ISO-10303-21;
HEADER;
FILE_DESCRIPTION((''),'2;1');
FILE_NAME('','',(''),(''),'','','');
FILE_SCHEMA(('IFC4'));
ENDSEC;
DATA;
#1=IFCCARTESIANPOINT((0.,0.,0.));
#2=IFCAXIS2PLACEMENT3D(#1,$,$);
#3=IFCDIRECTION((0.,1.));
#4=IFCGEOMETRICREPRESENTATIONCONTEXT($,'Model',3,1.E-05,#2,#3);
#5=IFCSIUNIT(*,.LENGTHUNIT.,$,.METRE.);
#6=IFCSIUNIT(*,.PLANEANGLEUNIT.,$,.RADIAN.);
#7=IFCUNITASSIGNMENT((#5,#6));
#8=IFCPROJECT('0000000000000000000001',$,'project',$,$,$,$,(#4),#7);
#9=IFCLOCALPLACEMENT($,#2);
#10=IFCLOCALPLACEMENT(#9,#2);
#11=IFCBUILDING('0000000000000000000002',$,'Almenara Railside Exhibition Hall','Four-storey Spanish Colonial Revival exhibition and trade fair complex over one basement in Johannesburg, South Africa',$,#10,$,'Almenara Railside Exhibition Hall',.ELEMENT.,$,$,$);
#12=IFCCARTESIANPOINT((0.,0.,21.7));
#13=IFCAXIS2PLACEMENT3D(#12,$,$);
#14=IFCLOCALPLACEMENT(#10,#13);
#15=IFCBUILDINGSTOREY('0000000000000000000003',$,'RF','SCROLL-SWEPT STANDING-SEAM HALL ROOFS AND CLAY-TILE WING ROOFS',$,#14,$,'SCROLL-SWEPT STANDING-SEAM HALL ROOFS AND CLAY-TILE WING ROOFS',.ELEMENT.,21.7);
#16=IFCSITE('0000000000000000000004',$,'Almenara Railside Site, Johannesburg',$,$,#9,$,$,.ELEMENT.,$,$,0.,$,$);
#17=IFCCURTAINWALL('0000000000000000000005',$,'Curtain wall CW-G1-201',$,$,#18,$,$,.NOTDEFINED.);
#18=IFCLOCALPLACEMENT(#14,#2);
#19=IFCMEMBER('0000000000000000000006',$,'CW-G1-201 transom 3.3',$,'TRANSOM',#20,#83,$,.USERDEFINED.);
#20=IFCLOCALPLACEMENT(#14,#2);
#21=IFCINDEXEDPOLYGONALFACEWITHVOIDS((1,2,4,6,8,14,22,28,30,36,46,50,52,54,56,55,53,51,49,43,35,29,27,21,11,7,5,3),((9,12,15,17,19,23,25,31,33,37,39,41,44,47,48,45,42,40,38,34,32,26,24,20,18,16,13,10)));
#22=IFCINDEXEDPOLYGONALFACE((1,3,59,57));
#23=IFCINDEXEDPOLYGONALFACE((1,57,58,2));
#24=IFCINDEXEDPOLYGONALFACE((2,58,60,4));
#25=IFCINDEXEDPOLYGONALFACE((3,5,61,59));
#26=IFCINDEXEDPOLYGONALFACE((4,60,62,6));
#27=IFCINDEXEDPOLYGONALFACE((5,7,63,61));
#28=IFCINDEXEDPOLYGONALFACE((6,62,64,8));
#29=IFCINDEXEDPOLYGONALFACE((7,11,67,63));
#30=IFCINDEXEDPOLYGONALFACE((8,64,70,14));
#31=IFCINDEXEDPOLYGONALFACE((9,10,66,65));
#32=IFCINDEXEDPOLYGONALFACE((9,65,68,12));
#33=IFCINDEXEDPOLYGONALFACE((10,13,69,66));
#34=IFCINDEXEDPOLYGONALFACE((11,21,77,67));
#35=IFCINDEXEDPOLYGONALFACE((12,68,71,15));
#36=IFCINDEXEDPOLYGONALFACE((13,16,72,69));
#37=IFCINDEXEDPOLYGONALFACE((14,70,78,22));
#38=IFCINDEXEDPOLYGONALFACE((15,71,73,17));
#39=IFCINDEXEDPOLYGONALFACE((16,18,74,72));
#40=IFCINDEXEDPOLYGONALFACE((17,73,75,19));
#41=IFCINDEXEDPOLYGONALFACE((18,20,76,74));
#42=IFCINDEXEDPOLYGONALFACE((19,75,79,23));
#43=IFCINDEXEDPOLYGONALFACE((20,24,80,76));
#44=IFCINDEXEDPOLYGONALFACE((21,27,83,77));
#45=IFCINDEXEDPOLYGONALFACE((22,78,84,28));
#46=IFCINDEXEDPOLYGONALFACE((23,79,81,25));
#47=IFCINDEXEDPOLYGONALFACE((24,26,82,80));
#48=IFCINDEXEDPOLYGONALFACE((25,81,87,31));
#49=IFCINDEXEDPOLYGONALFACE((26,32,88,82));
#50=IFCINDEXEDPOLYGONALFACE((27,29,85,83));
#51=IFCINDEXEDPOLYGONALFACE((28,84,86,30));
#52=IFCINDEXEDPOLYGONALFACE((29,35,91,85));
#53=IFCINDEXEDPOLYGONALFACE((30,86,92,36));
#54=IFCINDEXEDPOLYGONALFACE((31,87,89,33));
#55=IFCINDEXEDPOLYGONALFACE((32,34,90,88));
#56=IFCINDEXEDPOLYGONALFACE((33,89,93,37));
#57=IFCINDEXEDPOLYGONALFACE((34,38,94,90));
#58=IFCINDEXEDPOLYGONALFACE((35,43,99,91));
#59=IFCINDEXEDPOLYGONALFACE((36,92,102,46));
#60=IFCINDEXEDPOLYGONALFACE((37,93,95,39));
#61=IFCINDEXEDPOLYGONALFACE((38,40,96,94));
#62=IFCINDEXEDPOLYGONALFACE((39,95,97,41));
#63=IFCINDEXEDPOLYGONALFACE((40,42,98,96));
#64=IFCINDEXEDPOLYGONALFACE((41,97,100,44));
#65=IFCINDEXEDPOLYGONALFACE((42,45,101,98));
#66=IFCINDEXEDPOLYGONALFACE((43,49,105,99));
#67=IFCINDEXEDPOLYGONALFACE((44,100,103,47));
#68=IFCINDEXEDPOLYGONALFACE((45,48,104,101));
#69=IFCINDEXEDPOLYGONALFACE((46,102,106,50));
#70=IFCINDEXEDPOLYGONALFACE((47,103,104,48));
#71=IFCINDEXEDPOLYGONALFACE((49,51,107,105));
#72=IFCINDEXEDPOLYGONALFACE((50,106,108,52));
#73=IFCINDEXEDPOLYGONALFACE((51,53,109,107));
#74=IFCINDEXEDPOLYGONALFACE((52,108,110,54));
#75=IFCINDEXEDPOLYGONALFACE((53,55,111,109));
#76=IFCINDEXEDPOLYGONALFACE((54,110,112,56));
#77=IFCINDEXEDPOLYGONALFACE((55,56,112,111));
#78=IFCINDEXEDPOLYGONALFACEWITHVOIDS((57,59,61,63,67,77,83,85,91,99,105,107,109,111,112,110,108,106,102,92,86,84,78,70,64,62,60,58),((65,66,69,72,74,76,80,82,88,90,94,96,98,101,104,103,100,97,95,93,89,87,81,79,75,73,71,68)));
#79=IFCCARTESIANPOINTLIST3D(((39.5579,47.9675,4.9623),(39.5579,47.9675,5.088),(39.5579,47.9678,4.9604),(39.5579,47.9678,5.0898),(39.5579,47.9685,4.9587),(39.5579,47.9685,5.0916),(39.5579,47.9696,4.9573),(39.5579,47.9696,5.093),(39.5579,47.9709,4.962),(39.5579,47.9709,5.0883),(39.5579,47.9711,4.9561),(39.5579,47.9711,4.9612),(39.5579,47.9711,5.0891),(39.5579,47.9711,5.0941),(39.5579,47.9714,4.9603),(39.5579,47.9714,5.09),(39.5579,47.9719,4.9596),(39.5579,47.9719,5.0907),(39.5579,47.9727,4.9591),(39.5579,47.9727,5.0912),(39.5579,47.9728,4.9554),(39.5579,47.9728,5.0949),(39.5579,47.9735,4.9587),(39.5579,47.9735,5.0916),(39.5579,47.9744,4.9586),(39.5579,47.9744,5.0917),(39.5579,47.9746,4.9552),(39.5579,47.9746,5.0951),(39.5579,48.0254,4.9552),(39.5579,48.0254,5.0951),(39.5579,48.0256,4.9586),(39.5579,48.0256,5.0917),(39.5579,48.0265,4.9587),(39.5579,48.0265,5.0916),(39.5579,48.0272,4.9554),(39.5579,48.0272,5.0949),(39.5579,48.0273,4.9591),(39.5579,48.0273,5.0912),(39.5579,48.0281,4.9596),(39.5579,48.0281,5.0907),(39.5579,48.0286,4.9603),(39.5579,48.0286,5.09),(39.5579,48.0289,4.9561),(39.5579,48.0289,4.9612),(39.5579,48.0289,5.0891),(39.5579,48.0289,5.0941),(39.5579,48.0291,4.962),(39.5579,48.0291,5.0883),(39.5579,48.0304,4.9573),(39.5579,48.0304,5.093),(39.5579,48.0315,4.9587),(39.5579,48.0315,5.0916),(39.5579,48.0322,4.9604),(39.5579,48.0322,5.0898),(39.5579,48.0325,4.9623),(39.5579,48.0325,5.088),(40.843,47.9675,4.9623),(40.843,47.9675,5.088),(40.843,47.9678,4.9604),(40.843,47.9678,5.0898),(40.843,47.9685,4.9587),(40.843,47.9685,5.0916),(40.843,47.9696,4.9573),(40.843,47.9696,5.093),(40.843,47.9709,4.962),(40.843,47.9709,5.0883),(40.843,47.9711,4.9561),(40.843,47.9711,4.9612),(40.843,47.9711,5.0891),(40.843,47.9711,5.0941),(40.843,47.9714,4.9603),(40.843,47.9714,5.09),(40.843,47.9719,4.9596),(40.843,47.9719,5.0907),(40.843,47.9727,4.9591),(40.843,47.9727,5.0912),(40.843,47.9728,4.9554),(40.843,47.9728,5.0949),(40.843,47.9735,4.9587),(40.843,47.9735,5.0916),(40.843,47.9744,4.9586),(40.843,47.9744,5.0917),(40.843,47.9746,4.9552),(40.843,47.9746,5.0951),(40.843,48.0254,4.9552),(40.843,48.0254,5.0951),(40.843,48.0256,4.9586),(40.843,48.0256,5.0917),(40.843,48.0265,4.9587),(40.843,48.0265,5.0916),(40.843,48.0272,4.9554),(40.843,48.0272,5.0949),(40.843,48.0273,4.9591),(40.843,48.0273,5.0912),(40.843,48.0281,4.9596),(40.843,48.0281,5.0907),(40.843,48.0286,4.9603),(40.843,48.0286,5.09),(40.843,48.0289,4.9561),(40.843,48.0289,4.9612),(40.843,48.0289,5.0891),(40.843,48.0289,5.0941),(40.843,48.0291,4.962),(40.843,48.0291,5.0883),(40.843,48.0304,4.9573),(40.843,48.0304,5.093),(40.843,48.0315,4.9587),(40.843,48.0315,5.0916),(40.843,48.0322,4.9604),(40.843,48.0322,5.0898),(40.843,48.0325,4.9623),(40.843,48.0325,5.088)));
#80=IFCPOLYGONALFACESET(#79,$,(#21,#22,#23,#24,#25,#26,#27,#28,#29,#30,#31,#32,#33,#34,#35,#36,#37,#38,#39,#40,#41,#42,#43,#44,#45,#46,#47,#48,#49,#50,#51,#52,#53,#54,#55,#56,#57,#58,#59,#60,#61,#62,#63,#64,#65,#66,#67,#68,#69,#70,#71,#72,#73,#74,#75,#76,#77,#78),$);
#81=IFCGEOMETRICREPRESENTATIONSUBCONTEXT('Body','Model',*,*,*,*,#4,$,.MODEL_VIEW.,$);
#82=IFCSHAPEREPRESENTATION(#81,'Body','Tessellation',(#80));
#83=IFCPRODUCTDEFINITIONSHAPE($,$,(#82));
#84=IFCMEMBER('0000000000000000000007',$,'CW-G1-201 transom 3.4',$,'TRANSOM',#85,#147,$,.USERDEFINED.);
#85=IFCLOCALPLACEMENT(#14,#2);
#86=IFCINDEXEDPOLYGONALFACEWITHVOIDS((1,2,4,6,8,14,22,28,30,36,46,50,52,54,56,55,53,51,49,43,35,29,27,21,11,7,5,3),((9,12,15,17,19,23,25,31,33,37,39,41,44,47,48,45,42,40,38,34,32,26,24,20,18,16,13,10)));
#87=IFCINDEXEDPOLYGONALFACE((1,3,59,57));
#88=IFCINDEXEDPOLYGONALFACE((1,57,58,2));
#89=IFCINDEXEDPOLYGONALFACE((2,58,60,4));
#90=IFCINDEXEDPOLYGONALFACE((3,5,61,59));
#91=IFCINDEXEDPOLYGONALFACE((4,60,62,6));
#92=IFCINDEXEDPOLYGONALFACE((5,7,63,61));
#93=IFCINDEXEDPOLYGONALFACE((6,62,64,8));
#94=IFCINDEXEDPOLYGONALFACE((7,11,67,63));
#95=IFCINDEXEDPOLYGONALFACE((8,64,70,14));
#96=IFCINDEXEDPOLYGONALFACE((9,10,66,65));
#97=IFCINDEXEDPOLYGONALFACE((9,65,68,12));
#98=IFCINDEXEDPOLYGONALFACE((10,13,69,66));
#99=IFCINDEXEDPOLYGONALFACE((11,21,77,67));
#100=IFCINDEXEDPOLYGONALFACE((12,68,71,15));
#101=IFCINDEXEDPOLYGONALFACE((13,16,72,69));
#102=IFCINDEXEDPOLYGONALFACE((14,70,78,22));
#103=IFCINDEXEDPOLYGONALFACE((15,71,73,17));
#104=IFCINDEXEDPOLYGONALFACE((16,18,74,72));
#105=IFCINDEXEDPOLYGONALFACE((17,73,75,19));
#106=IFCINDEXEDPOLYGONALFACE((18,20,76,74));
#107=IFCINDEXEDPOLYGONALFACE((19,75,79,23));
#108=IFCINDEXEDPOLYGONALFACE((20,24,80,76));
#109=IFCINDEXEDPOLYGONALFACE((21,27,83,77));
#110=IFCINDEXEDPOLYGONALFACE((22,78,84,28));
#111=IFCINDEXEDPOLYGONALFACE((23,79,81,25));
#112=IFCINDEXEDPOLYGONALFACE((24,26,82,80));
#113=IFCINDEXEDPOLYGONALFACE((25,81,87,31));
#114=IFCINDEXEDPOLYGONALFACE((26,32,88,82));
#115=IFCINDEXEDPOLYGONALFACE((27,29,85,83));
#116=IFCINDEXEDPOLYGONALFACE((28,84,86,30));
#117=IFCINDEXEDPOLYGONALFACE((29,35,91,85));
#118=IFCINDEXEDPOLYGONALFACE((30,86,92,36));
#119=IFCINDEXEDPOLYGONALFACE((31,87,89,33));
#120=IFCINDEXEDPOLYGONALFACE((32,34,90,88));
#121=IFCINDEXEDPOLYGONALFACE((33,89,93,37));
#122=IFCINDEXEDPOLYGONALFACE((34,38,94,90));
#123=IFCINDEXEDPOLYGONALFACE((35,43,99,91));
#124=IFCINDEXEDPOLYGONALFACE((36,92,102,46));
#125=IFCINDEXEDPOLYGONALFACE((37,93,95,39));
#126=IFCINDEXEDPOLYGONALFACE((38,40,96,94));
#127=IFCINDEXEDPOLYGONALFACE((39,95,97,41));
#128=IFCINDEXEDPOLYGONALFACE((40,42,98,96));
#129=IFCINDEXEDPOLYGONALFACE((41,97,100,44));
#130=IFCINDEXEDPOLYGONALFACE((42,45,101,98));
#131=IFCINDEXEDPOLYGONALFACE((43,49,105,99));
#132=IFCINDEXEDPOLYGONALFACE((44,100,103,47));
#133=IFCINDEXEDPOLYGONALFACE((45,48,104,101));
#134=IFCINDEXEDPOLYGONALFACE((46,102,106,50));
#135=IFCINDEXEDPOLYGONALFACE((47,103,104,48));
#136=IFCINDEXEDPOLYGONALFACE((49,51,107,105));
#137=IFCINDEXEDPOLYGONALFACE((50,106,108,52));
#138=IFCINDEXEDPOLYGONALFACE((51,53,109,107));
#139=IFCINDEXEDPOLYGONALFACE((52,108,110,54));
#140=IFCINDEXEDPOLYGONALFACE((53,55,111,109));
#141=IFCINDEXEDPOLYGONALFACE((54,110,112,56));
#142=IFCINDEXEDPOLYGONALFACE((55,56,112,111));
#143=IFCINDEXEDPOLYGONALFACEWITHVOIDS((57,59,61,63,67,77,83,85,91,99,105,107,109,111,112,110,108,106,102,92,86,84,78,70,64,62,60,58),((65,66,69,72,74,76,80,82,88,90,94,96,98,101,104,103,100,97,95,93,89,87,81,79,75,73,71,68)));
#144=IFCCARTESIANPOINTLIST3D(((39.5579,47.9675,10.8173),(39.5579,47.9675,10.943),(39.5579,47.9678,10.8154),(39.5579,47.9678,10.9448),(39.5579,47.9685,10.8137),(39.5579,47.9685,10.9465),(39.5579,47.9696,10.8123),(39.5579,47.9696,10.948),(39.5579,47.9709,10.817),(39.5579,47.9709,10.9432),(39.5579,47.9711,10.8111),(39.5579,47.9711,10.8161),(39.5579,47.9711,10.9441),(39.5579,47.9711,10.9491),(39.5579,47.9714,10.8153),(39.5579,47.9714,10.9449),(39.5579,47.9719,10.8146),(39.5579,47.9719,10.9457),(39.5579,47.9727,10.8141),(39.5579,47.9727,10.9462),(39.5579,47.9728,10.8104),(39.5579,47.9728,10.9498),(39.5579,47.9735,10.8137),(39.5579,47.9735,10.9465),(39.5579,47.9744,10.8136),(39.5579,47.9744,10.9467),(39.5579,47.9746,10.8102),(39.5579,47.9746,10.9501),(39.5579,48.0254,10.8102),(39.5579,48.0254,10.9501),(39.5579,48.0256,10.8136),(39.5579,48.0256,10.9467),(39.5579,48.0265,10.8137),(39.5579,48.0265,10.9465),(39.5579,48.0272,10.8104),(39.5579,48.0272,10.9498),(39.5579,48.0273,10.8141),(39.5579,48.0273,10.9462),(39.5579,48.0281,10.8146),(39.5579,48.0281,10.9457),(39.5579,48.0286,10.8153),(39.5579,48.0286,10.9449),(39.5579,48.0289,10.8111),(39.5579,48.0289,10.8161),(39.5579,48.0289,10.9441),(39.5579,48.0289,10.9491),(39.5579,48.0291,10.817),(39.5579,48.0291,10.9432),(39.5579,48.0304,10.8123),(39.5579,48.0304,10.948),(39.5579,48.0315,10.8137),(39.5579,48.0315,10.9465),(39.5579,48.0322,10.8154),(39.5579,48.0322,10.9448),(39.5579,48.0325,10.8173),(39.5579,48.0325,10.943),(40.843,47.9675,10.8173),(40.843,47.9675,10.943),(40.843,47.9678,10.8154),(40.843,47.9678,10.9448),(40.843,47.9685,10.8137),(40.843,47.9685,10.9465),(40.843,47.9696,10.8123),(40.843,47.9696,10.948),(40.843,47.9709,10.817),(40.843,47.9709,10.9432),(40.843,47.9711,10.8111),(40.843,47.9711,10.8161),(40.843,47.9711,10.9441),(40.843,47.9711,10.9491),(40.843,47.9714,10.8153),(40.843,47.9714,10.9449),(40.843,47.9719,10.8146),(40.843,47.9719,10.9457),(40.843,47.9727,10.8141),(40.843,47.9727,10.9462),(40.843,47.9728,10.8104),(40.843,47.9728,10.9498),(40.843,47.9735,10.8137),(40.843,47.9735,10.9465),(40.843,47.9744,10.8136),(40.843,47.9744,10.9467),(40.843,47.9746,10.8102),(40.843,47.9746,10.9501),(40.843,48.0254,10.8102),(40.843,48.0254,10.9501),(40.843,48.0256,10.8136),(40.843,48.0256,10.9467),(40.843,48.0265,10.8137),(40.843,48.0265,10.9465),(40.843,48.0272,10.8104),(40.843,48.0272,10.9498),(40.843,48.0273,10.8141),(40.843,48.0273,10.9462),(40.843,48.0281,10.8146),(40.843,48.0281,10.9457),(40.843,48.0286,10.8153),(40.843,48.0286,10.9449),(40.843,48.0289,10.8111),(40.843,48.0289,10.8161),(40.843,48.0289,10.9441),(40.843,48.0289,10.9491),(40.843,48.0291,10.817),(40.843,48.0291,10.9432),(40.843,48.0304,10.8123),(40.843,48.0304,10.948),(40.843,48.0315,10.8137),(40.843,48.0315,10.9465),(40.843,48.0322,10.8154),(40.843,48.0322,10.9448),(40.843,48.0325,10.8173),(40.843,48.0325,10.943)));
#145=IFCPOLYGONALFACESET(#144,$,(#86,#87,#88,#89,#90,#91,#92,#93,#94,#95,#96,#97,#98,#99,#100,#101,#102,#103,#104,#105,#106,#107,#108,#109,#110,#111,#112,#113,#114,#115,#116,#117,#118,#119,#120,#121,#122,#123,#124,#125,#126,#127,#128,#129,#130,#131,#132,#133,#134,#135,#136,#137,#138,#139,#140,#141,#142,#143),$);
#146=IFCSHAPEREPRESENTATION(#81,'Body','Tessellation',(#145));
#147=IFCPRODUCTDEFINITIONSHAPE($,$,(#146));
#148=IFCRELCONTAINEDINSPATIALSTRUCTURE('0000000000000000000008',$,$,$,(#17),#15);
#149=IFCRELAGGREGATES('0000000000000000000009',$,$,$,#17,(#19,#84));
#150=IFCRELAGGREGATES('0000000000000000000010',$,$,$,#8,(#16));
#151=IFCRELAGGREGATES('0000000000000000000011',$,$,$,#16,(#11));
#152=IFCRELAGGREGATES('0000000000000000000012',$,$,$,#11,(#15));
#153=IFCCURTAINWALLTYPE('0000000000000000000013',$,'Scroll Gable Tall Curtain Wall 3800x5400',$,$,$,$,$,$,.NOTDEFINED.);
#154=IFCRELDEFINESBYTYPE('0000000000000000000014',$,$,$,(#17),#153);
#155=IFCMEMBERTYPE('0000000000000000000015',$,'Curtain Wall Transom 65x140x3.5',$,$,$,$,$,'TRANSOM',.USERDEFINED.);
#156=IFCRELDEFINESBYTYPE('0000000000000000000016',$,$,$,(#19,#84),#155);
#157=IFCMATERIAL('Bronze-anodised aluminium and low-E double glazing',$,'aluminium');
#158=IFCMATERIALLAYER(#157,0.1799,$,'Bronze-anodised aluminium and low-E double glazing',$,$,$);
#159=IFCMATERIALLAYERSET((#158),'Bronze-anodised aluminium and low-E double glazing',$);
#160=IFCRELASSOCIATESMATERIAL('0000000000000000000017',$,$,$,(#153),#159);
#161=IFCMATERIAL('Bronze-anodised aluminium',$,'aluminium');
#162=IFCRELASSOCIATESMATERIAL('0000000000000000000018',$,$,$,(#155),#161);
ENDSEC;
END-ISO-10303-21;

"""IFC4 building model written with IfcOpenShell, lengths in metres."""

from ifc_helpers import new_model, si_unit, direction, frame, origin, origin_2d, place, context, subcontext, project, spatial, hollow_rectangle, extrude, material, layer, layer_set, material_profile, profile_set, type_object, element, aggregate, save


model = new_model("IFC4")

# Units and contexts
model_context = context("Model", 3, precision=1e-05, world=origin(), true_north=direction((0.0, 1.0)))
body_context = subcontext(model_context, "Body", "Model", "MODEL_VIEW")
ifc_project = project(units=[si_unit("LENGTHUNIT", "METRE"), si_unit("PLANEANGLEUNIT", "RADIAN")], contexts=[model_context])

# Site, building, storey
site_placement = place(None, origin())
site = spatial("IfcSite", under=ifc_project, at=site_placement, Name="Almenara Railside Site, Johannesburg", CompositionType="ELEMENT", RefElevation=0.0)
building_placement = place(site_placement, origin())
building = spatial("IfcBuilding", under=site, at=building_placement, Name="Almenara Railside Exhibition Hall", Description="Four-storey Spanish Colonial Revival exhibition and trade fair complex over one basement in Johannesburg, South Africa", LongName="Almenara Railside Exhibition Hall", CompositionType="ELEMENT")
storey_placement = place(building_placement, frame((0.0, 0.0, 21.7)))
storey = spatial("IfcBuildingStorey", under=building, at=storey_placement, Name="RF", Description="SCROLL-SWEPT STANDING-SEAM HALL ROOFS AND CLAY-TILE WING ROOFS", LongName="SCROLL-SWEPT STANDING-SEAM HALL ROOFS AND CLAY-TILE WING ROOFS", CompositionType="ELEMENT", Elevation=21.7)

# Curtain wall, members
ifc_material_1 = material(Name="Bronze-anodised aluminium and low-E double glazing", Category="aluminium")
ifc_layer_1 = layer(ifc_material_1, 0.1799, Name="Bronze-anodised aluminium and low-E double glazing")
ifc_layer_set_1 = layer_set([ifc_layer_1], Name="Bronze-anodised aluminium and low-E double glazing")
curtain_wall_type = type_object("IfcCurtainWallType", Name="Scroll Gable Tall Curtain Wall 3800x5400", PredefinedType="NOTDEFINED", material=ifc_layer_set_1)
ifc_material_2 = material(Name="Bronze-anodised aluminium", Category="aluminium")
curtain_wall_1_placement = place(storey_placement, origin())
curtain_wall_1 = element("IfcCurtainWall", 1, at=curtain_wall_1_placement, inside=storey, type_object=curtain_wall_type, Name="Curtain wall CW-G1-201", PredefinedType="NOTDEFINED")
ifc_material_profile_1 = material_profile(ifc_material_2, hollow_rectangle(XDim=0.0649, YDim=0.1399, WallThickness=0.0034, InnerFilletRadius=0.0034, OuterFilletRadius=0.0071, at=origin_2d()), Name="ALU-TRN 65x140x3.5")
ifc_profile_set_1 = profile_set([ifc_material_profile_1], Name="Bronze-anodised aluminium")
member_type_1 = type_object("IfcMemberType", Name="Curtain Wall Transom 65x140x3.5", ElementType="TRANSOM", PredefinedType="USERDEFINED", material=ifc_profile_set_1)
member_1_placement = place(storey_placement, frame((39.5579, 48.0, 5.0251), z_axis=(1.0, 0.0, 0.0), x_axis=(0.0, 1.0, 0.0)))
member_1 = element("IfcMember", 2, at=member_1_placement, type_object=member_type_1, Name="CW-G1-201 transom 3.3", ObjectType="TRANSOM", PredefinedType="USERDEFINED", context=body_context, shape_type="SweptSolid", body=[
    extrude(hollow_rectangle(XDim=0.0649, YDim=0.1399, WallThickness=0.0034, InnerFilletRadius=0.0034, OuterFilletRadius=0.0071, at=origin_2d()), origin(), (0.0, 0.0, 1.0), 1.2852),
])
member_2_placement = place(storey_placement, frame((39.5579, 48.0, 10.8801), z_axis=(1.0, 0.0, 0.0), x_axis=(0.0, 1.0, 0.0)))
member_2 = element("IfcMember", 3, at=member_2_placement, type_object=member_type_1, Name="CW-G1-201 transom 3.4", ObjectType="TRANSOM", PredefinedType="USERDEFINED", context=body_context, shape_type="SweptSolid", body=[
    extrude(hollow_rectangle(XDim=0.0649, YDim=0.1399, WallThickness=0.0034, InnerFilletRadius=0.0034, OuterFilletRadius=0.0071, at=origin_2d()), origin(), (0.0, 0.0, 1.0), 1.2852),
])

aggregate(curtain_wall_1, [member_1, member_2])

save(model, "model.ifc")
